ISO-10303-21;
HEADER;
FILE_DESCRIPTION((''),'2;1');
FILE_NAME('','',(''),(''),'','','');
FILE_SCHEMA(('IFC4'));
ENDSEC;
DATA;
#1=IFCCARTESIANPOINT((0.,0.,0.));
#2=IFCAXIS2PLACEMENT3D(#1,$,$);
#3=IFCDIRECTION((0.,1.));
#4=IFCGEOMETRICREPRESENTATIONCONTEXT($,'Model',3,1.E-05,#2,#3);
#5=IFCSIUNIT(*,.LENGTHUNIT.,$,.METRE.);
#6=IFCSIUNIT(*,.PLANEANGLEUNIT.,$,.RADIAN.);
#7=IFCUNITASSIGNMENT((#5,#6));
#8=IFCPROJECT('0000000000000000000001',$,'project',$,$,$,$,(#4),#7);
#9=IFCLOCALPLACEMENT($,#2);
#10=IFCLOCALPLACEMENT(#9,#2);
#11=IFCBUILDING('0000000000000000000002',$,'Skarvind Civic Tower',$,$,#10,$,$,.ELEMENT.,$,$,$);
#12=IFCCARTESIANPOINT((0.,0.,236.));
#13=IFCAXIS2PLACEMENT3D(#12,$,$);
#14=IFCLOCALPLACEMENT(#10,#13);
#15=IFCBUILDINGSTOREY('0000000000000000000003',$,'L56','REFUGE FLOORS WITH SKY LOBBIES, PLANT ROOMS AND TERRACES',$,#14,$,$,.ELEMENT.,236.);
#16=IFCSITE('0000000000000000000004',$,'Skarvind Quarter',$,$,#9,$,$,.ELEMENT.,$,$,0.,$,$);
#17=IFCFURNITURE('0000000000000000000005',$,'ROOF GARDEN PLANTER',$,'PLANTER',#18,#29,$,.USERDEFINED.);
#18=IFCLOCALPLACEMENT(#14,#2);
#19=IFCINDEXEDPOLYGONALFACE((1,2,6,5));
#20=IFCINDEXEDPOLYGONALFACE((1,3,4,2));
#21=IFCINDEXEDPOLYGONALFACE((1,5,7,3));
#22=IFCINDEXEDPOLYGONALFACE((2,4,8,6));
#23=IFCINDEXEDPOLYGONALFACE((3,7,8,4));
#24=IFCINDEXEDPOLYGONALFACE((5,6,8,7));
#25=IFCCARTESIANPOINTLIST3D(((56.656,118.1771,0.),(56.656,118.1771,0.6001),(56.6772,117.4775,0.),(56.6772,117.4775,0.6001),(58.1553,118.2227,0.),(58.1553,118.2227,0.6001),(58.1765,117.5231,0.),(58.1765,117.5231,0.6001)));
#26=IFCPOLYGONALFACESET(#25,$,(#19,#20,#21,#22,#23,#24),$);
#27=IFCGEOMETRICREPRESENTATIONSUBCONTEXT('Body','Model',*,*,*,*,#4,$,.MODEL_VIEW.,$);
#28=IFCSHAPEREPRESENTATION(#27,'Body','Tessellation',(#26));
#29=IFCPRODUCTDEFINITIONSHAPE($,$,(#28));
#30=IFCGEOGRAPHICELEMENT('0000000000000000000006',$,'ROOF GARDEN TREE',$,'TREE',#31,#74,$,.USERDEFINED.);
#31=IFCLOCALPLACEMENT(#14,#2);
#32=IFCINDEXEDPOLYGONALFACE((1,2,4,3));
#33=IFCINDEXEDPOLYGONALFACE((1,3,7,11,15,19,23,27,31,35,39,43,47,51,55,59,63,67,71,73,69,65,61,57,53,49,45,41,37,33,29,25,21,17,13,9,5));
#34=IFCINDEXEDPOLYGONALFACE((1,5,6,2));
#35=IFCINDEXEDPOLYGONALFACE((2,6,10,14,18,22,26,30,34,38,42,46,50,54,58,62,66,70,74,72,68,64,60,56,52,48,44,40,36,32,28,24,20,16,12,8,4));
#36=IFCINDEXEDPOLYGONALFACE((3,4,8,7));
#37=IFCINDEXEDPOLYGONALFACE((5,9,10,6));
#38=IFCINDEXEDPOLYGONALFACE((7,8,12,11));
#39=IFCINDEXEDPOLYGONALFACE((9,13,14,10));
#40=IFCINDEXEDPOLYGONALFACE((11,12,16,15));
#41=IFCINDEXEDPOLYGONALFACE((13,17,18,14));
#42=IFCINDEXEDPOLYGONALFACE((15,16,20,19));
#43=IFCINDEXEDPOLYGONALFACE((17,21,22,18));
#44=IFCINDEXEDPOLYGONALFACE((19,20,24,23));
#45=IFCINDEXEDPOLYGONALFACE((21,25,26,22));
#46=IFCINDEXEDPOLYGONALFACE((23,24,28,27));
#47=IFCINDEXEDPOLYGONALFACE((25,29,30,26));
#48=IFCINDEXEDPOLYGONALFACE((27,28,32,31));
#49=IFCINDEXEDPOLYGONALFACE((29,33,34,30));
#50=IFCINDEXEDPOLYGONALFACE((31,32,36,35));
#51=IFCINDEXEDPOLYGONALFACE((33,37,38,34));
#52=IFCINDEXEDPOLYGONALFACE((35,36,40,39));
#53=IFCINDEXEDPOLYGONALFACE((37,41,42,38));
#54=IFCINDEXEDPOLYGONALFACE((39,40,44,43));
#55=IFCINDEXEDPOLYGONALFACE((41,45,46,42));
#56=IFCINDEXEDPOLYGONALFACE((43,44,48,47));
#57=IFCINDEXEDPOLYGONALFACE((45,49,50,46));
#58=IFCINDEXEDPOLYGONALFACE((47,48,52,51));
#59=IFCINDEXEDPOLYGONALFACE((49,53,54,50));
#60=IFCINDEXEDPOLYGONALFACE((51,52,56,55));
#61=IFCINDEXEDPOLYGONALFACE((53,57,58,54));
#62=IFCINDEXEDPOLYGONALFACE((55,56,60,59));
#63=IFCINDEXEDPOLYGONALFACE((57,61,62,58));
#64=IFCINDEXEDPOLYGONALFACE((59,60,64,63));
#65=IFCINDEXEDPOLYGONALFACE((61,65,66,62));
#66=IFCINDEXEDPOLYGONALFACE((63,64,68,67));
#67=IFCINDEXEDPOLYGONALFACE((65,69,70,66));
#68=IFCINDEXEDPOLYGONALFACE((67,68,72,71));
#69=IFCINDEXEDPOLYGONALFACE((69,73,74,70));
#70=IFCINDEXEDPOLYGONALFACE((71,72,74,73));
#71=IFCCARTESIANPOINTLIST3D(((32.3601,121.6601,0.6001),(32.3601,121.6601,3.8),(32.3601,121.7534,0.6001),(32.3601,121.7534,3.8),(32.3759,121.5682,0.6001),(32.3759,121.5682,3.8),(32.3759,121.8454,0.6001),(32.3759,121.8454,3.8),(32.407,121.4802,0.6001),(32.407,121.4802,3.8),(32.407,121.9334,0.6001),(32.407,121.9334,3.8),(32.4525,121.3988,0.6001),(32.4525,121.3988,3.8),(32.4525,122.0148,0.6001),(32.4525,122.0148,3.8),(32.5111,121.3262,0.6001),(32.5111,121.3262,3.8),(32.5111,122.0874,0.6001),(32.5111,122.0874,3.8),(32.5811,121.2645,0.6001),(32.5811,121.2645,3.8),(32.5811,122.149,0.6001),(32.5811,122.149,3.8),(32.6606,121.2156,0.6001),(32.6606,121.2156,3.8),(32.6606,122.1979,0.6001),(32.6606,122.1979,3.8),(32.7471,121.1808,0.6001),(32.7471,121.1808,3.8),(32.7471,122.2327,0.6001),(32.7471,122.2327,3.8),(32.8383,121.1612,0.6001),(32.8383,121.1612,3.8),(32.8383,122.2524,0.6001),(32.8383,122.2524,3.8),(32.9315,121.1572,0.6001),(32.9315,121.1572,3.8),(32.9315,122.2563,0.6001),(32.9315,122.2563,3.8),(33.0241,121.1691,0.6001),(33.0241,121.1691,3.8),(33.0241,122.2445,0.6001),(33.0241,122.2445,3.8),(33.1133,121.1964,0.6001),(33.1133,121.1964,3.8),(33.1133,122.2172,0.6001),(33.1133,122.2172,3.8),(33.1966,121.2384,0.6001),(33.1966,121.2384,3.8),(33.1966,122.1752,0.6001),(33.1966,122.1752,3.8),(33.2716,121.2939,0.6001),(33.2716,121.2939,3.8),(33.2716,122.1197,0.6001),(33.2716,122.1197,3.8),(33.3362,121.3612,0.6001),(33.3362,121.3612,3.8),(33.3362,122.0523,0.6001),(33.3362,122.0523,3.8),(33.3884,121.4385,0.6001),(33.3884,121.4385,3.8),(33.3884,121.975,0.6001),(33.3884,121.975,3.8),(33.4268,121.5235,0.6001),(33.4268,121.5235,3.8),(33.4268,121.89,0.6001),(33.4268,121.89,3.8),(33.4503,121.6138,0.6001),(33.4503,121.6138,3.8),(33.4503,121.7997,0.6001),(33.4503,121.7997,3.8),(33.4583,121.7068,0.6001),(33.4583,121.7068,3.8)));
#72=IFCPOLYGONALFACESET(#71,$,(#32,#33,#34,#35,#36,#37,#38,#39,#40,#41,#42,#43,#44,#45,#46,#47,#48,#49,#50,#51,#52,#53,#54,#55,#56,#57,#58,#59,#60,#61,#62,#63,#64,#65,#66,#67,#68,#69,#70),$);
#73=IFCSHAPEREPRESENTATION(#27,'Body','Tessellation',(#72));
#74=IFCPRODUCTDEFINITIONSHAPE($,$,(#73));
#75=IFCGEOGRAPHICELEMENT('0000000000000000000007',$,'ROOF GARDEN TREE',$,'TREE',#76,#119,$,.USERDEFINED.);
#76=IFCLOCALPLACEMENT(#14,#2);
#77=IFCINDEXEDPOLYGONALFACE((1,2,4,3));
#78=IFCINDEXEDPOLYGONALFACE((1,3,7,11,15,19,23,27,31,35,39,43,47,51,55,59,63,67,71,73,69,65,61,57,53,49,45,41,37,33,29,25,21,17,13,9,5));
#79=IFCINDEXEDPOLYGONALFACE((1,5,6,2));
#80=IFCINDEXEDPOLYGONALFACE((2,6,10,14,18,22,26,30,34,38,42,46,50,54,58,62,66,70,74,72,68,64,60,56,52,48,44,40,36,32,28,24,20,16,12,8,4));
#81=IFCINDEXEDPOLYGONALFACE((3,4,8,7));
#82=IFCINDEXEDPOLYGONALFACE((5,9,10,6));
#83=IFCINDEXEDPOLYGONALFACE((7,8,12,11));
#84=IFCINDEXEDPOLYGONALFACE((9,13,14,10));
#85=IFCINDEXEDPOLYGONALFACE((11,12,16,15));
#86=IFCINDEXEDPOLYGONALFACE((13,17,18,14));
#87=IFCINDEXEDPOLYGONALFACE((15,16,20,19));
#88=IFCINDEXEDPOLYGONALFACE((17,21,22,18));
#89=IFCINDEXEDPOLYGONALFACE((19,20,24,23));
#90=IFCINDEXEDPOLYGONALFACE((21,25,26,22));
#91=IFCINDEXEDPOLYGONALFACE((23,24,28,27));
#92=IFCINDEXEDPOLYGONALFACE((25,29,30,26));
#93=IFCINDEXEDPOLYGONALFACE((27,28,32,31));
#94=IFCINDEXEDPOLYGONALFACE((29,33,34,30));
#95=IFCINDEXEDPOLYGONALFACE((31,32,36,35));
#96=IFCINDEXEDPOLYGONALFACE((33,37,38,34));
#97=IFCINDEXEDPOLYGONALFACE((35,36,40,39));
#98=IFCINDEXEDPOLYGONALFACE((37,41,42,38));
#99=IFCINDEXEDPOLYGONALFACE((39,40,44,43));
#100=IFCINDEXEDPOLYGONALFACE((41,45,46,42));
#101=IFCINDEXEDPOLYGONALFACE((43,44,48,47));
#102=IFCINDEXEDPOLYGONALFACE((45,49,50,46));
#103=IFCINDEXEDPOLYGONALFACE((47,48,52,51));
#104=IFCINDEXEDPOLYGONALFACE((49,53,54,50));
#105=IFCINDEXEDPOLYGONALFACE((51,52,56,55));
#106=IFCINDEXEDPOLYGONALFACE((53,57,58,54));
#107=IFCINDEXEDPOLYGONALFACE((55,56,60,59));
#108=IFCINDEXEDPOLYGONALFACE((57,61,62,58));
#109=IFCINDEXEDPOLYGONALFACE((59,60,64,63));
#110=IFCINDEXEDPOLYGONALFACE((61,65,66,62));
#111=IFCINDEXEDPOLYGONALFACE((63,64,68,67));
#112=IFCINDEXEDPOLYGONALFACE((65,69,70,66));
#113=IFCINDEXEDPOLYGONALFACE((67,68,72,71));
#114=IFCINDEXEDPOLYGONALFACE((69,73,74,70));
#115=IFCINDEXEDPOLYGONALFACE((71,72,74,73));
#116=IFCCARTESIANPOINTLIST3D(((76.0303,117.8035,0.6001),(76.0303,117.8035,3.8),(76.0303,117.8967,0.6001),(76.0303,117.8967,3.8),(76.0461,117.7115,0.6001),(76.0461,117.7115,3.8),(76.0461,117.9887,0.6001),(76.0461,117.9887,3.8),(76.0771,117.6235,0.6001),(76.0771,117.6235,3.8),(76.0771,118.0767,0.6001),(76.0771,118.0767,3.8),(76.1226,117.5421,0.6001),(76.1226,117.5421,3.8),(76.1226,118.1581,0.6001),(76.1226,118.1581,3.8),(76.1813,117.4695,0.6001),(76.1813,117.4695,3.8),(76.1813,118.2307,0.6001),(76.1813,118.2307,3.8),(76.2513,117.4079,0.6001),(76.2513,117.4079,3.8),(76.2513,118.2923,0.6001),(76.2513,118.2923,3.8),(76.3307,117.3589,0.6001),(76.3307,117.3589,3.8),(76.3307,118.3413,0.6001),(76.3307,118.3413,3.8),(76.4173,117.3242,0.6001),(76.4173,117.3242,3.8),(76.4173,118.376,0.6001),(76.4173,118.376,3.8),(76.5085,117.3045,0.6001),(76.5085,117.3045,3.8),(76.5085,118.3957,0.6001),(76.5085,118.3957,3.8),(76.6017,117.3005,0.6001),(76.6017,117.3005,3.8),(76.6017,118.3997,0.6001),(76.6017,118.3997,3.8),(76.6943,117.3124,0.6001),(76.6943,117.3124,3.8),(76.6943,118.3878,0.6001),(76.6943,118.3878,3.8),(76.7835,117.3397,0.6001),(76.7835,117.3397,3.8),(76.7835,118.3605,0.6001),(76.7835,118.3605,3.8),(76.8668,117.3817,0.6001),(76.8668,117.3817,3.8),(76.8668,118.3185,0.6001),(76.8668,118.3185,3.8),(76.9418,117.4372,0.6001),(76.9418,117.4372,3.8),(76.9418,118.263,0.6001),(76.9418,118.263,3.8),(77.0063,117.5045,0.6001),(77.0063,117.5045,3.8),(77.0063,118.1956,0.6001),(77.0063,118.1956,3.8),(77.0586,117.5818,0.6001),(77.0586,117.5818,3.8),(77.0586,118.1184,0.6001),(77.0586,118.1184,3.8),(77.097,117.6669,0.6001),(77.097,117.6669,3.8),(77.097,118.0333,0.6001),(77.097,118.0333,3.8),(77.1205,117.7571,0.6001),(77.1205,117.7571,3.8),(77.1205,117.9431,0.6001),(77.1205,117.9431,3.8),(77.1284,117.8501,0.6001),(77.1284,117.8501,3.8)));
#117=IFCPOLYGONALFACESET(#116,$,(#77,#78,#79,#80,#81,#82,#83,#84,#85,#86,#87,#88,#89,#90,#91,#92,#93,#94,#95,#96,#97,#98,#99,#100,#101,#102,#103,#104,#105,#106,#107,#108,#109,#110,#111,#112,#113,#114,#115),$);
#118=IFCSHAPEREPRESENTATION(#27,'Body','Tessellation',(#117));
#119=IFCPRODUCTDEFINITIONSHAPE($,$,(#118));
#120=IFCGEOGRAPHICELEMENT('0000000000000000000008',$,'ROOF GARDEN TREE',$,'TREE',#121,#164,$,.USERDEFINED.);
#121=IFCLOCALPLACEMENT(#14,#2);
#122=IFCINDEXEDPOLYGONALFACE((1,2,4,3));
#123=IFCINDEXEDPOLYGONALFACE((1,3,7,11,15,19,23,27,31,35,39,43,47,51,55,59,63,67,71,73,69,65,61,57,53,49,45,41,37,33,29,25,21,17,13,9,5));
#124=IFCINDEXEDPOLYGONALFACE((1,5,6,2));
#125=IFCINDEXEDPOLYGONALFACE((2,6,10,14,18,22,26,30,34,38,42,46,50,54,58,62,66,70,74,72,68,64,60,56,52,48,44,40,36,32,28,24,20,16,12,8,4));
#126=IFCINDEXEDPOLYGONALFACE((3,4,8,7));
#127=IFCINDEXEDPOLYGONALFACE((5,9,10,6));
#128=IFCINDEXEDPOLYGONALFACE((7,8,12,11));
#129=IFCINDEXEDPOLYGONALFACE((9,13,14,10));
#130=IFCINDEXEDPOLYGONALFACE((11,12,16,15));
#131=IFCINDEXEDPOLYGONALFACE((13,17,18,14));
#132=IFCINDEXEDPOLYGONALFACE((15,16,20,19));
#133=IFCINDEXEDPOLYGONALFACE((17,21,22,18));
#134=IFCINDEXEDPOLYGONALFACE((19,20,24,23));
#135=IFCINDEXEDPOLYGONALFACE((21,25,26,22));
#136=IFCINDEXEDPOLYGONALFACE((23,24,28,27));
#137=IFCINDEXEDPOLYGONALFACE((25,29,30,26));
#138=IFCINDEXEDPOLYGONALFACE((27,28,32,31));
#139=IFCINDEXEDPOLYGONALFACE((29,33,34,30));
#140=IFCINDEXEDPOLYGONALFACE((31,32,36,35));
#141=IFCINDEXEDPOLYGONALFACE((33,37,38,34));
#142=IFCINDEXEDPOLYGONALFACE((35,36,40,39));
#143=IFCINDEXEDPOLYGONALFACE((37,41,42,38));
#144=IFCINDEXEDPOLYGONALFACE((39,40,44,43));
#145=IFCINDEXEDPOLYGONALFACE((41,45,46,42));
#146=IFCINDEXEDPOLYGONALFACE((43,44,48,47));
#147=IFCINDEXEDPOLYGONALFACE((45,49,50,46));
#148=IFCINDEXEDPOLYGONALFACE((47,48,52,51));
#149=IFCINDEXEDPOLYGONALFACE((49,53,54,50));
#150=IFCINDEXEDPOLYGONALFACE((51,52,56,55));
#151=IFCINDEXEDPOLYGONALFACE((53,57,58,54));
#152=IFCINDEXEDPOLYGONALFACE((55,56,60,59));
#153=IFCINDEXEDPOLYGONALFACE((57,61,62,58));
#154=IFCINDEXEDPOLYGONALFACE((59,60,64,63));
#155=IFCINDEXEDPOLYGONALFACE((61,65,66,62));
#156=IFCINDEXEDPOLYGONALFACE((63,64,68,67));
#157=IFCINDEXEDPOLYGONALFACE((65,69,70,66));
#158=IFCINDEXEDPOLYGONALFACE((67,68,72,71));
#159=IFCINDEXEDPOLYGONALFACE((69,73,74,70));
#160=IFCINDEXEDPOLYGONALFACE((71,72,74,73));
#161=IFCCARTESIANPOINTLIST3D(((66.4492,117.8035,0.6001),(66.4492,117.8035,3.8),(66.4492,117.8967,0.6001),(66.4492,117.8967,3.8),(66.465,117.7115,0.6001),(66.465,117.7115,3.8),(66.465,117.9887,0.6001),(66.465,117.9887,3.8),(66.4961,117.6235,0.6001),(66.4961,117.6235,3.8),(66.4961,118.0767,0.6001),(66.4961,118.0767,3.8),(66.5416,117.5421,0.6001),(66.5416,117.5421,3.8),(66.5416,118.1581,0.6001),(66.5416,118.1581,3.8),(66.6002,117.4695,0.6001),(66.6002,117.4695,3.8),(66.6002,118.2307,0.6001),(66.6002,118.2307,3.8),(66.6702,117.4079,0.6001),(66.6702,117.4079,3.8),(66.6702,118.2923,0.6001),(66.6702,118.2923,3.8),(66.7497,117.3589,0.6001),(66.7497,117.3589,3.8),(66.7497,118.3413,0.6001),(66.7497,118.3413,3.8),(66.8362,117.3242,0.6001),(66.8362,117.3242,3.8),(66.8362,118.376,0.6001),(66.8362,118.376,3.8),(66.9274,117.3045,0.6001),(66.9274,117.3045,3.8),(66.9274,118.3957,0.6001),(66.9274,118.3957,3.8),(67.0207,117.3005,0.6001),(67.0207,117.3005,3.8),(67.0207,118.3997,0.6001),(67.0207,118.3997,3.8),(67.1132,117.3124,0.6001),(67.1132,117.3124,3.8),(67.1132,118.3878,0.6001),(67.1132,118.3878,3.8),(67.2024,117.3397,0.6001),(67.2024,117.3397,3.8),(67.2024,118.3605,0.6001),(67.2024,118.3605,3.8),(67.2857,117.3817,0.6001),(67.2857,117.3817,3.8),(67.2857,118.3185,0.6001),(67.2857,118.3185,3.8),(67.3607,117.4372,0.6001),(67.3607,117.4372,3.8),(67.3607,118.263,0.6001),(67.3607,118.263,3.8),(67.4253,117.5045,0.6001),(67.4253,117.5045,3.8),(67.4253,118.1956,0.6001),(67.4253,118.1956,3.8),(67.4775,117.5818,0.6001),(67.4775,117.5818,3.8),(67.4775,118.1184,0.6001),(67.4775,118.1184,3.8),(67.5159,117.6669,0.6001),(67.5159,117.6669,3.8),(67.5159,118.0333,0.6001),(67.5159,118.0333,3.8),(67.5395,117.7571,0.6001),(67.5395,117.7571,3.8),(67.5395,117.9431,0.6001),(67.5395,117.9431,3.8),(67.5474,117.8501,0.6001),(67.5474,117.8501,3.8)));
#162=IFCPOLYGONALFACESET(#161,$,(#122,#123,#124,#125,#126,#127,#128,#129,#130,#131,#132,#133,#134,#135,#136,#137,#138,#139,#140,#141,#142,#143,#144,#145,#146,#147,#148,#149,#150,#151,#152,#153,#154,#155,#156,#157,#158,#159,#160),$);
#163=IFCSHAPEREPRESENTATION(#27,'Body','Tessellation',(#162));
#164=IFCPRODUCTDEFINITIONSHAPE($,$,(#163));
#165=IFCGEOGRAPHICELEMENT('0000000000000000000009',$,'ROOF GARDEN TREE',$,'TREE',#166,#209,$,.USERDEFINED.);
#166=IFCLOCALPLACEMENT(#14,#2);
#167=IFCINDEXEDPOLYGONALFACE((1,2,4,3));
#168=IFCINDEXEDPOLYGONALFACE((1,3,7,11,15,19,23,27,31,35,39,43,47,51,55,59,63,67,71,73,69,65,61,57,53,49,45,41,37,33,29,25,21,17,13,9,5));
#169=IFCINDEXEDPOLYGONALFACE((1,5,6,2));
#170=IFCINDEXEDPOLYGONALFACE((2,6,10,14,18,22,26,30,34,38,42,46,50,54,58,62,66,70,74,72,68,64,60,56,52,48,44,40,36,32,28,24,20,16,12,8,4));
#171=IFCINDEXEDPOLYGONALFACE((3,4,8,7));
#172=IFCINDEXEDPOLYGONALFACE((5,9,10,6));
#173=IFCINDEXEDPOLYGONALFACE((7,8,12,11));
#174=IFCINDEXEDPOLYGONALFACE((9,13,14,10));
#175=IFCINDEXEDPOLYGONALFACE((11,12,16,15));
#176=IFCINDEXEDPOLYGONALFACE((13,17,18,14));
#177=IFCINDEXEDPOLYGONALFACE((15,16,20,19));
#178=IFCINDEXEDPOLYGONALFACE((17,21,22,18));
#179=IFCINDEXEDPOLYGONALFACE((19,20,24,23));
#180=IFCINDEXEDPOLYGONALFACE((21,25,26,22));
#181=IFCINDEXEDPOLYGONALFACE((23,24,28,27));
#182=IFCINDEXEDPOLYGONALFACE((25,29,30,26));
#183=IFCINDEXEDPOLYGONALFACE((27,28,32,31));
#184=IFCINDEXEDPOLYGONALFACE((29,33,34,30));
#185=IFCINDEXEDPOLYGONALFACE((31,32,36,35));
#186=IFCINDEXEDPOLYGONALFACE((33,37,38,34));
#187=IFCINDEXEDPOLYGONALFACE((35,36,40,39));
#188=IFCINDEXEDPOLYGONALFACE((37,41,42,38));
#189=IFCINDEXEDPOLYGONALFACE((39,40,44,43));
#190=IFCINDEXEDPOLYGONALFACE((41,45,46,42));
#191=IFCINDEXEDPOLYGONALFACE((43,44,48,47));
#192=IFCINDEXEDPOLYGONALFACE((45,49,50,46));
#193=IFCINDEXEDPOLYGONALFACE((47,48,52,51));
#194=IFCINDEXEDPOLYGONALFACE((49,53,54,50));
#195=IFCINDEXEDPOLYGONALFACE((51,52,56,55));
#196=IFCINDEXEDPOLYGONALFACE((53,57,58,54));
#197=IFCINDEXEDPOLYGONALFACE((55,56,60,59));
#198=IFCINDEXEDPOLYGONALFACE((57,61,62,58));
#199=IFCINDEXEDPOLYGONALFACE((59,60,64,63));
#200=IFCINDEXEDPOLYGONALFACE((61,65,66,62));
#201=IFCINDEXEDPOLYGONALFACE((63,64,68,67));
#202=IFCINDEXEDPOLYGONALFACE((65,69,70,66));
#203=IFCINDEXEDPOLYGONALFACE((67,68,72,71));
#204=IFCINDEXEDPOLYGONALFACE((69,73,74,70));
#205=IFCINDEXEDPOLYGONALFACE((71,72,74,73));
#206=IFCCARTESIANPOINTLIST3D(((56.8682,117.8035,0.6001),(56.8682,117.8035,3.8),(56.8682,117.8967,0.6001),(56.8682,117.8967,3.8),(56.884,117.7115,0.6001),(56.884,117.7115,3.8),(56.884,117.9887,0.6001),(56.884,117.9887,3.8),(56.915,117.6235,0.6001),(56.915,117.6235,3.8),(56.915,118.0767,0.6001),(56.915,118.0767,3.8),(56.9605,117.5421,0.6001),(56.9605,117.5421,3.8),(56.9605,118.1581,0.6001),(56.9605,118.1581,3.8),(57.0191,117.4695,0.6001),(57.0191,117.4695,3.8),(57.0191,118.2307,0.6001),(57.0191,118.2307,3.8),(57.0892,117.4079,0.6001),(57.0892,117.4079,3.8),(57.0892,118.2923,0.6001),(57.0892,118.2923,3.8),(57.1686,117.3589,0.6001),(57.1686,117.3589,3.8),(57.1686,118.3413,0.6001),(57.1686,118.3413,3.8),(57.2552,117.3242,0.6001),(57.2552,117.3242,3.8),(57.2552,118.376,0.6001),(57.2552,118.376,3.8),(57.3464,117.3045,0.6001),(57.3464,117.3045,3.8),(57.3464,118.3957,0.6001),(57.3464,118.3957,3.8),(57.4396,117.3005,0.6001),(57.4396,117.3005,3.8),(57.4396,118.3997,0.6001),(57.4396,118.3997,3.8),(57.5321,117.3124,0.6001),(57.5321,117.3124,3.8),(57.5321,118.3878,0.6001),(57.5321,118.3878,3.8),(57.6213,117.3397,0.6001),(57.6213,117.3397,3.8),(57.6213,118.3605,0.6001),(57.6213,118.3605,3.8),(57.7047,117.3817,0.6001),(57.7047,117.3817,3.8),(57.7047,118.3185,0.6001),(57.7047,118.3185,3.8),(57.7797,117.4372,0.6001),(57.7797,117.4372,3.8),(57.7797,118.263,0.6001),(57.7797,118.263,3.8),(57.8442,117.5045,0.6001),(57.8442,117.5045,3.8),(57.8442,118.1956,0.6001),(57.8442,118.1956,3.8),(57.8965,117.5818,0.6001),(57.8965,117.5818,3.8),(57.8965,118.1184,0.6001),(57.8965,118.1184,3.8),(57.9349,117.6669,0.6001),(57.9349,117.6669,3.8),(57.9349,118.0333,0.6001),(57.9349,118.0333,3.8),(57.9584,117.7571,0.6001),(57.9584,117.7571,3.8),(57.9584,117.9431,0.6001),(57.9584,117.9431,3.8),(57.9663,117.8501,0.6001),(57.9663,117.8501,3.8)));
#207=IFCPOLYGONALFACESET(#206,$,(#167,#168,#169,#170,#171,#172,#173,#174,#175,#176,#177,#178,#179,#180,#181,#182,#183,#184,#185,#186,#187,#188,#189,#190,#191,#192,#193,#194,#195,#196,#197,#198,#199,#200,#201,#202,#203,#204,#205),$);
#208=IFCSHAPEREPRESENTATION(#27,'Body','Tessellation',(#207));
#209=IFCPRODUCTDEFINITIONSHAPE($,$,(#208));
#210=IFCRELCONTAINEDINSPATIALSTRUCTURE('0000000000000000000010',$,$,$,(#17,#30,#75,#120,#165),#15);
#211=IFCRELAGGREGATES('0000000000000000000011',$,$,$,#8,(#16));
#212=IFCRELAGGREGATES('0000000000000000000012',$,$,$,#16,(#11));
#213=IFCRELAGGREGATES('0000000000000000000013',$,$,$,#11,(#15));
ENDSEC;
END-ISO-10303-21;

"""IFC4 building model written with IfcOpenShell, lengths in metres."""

from ifc_helpers import new_model, si_unit, direction, frame, origin, origin_2d, place, context, subcontext, project, spatial, rectangle, circle, extrude, element, save


model = new_model("IFC4")

# Units and contexts
model_context = context("Model", 3, precision=1e-05, world=origin(), true_north=direction((0.0, 1.0)))
body_context = subcontext(model_context, "Body", "Model", "MODEL_VIEW")
ifc_project = project(units=[si_unit("LENGTHUNIT", "METRE"), si_unit("PLANEANGLEUNIT", "RADIAN")], contexts=[model_context])

# Site, building, storey
site_placement = place(None, origin())
site = spatial("IfcSite", under=ifc_project, at=site_placement, Name="Skarvind Quarter", CompositionType="ELEMENT", RefElevation=0.0)
building_placement = place(site_placement, origin())
building = spatial("IfcBuilding", under=site, at=building_placement, Name="Skarvind Civic Tower", CompositionType="ELEMENT")
storey_placement = place(building_placement, frame((0.0, 0.0, 236.0)))
storey = spatial("IfcBuildingStorey", under=building, at=storey_placement, Name="L56", Description="REFUGE FLOORS WITH SKY LOBBIES, PLANT ROOMS AND TERRACES", CompositionType="ELEMENT", Elevation=236.0)

# Furniture
for number, where, z_axis, x_axis, name in (
    (1, (57.4163, 117.8501, 0.0), (0.0, 0.0, 1.0), (-0.999539, -0.030364, 0.0), "ROOF GARDEN PLANTER"),
):
    element("IfcFurniture", number, at=place(storey_placement, frame(where, z_axis=z_axis, x_axis=x_axis)), inside=storey, Name=name, ObjectType="PLANTER", PredefinedType="USERDEFINED", context=body_context, shape_type="SweptSolid", body=[
        extrude(rectangle(XDim=1.5, YDim=0.7, at=origin_2d()), origin(), (0.0, 0.0, 1.0), 0.6001),
    ])

# Geographic elements
for number, where, z_axis, x_axis, name in (
    (2, (32.9082, 121.7068, 0.6001), (0.0, 0.0, 1.0), (1.0, 0.0, 0.0), "ROOF GARDEN TREE"),
    (3, (76.5784, 117.8501, 0.6001), (0.0, 0.0, 1.0), (1.0, 0.0, 0.0), "ROOF GARDEN TREE"),
    (4, (66.9973, 117.8501, 0.6001), (0.0, 0.0, 1.0), (1.0, 0.0, 0.0), "ROOF GARDEN TREE"),
    (5, (57.4163, 117.8501, 0.6001), (0.0, 0.0, 1.0), (1.0, 0.0, 0.0), "ROOF GARDEN TREE"),
):
    element("IfcGeographicElement", number, at=place(storey_placement, frame(where, z_axis=z_axis, x_axis=x_axis)), inside=storey, Name=name, ObjectType="TREE", PredefinedType="USERDEFINED", context=body_context, shape_type="SweptSolid", body=[
        extrude(circle(Radius=0.55, at=origin_2d()), origin(), (0.0, 0.0, 1.0), 3.2),
    ])

save(model, "model.ifc")
